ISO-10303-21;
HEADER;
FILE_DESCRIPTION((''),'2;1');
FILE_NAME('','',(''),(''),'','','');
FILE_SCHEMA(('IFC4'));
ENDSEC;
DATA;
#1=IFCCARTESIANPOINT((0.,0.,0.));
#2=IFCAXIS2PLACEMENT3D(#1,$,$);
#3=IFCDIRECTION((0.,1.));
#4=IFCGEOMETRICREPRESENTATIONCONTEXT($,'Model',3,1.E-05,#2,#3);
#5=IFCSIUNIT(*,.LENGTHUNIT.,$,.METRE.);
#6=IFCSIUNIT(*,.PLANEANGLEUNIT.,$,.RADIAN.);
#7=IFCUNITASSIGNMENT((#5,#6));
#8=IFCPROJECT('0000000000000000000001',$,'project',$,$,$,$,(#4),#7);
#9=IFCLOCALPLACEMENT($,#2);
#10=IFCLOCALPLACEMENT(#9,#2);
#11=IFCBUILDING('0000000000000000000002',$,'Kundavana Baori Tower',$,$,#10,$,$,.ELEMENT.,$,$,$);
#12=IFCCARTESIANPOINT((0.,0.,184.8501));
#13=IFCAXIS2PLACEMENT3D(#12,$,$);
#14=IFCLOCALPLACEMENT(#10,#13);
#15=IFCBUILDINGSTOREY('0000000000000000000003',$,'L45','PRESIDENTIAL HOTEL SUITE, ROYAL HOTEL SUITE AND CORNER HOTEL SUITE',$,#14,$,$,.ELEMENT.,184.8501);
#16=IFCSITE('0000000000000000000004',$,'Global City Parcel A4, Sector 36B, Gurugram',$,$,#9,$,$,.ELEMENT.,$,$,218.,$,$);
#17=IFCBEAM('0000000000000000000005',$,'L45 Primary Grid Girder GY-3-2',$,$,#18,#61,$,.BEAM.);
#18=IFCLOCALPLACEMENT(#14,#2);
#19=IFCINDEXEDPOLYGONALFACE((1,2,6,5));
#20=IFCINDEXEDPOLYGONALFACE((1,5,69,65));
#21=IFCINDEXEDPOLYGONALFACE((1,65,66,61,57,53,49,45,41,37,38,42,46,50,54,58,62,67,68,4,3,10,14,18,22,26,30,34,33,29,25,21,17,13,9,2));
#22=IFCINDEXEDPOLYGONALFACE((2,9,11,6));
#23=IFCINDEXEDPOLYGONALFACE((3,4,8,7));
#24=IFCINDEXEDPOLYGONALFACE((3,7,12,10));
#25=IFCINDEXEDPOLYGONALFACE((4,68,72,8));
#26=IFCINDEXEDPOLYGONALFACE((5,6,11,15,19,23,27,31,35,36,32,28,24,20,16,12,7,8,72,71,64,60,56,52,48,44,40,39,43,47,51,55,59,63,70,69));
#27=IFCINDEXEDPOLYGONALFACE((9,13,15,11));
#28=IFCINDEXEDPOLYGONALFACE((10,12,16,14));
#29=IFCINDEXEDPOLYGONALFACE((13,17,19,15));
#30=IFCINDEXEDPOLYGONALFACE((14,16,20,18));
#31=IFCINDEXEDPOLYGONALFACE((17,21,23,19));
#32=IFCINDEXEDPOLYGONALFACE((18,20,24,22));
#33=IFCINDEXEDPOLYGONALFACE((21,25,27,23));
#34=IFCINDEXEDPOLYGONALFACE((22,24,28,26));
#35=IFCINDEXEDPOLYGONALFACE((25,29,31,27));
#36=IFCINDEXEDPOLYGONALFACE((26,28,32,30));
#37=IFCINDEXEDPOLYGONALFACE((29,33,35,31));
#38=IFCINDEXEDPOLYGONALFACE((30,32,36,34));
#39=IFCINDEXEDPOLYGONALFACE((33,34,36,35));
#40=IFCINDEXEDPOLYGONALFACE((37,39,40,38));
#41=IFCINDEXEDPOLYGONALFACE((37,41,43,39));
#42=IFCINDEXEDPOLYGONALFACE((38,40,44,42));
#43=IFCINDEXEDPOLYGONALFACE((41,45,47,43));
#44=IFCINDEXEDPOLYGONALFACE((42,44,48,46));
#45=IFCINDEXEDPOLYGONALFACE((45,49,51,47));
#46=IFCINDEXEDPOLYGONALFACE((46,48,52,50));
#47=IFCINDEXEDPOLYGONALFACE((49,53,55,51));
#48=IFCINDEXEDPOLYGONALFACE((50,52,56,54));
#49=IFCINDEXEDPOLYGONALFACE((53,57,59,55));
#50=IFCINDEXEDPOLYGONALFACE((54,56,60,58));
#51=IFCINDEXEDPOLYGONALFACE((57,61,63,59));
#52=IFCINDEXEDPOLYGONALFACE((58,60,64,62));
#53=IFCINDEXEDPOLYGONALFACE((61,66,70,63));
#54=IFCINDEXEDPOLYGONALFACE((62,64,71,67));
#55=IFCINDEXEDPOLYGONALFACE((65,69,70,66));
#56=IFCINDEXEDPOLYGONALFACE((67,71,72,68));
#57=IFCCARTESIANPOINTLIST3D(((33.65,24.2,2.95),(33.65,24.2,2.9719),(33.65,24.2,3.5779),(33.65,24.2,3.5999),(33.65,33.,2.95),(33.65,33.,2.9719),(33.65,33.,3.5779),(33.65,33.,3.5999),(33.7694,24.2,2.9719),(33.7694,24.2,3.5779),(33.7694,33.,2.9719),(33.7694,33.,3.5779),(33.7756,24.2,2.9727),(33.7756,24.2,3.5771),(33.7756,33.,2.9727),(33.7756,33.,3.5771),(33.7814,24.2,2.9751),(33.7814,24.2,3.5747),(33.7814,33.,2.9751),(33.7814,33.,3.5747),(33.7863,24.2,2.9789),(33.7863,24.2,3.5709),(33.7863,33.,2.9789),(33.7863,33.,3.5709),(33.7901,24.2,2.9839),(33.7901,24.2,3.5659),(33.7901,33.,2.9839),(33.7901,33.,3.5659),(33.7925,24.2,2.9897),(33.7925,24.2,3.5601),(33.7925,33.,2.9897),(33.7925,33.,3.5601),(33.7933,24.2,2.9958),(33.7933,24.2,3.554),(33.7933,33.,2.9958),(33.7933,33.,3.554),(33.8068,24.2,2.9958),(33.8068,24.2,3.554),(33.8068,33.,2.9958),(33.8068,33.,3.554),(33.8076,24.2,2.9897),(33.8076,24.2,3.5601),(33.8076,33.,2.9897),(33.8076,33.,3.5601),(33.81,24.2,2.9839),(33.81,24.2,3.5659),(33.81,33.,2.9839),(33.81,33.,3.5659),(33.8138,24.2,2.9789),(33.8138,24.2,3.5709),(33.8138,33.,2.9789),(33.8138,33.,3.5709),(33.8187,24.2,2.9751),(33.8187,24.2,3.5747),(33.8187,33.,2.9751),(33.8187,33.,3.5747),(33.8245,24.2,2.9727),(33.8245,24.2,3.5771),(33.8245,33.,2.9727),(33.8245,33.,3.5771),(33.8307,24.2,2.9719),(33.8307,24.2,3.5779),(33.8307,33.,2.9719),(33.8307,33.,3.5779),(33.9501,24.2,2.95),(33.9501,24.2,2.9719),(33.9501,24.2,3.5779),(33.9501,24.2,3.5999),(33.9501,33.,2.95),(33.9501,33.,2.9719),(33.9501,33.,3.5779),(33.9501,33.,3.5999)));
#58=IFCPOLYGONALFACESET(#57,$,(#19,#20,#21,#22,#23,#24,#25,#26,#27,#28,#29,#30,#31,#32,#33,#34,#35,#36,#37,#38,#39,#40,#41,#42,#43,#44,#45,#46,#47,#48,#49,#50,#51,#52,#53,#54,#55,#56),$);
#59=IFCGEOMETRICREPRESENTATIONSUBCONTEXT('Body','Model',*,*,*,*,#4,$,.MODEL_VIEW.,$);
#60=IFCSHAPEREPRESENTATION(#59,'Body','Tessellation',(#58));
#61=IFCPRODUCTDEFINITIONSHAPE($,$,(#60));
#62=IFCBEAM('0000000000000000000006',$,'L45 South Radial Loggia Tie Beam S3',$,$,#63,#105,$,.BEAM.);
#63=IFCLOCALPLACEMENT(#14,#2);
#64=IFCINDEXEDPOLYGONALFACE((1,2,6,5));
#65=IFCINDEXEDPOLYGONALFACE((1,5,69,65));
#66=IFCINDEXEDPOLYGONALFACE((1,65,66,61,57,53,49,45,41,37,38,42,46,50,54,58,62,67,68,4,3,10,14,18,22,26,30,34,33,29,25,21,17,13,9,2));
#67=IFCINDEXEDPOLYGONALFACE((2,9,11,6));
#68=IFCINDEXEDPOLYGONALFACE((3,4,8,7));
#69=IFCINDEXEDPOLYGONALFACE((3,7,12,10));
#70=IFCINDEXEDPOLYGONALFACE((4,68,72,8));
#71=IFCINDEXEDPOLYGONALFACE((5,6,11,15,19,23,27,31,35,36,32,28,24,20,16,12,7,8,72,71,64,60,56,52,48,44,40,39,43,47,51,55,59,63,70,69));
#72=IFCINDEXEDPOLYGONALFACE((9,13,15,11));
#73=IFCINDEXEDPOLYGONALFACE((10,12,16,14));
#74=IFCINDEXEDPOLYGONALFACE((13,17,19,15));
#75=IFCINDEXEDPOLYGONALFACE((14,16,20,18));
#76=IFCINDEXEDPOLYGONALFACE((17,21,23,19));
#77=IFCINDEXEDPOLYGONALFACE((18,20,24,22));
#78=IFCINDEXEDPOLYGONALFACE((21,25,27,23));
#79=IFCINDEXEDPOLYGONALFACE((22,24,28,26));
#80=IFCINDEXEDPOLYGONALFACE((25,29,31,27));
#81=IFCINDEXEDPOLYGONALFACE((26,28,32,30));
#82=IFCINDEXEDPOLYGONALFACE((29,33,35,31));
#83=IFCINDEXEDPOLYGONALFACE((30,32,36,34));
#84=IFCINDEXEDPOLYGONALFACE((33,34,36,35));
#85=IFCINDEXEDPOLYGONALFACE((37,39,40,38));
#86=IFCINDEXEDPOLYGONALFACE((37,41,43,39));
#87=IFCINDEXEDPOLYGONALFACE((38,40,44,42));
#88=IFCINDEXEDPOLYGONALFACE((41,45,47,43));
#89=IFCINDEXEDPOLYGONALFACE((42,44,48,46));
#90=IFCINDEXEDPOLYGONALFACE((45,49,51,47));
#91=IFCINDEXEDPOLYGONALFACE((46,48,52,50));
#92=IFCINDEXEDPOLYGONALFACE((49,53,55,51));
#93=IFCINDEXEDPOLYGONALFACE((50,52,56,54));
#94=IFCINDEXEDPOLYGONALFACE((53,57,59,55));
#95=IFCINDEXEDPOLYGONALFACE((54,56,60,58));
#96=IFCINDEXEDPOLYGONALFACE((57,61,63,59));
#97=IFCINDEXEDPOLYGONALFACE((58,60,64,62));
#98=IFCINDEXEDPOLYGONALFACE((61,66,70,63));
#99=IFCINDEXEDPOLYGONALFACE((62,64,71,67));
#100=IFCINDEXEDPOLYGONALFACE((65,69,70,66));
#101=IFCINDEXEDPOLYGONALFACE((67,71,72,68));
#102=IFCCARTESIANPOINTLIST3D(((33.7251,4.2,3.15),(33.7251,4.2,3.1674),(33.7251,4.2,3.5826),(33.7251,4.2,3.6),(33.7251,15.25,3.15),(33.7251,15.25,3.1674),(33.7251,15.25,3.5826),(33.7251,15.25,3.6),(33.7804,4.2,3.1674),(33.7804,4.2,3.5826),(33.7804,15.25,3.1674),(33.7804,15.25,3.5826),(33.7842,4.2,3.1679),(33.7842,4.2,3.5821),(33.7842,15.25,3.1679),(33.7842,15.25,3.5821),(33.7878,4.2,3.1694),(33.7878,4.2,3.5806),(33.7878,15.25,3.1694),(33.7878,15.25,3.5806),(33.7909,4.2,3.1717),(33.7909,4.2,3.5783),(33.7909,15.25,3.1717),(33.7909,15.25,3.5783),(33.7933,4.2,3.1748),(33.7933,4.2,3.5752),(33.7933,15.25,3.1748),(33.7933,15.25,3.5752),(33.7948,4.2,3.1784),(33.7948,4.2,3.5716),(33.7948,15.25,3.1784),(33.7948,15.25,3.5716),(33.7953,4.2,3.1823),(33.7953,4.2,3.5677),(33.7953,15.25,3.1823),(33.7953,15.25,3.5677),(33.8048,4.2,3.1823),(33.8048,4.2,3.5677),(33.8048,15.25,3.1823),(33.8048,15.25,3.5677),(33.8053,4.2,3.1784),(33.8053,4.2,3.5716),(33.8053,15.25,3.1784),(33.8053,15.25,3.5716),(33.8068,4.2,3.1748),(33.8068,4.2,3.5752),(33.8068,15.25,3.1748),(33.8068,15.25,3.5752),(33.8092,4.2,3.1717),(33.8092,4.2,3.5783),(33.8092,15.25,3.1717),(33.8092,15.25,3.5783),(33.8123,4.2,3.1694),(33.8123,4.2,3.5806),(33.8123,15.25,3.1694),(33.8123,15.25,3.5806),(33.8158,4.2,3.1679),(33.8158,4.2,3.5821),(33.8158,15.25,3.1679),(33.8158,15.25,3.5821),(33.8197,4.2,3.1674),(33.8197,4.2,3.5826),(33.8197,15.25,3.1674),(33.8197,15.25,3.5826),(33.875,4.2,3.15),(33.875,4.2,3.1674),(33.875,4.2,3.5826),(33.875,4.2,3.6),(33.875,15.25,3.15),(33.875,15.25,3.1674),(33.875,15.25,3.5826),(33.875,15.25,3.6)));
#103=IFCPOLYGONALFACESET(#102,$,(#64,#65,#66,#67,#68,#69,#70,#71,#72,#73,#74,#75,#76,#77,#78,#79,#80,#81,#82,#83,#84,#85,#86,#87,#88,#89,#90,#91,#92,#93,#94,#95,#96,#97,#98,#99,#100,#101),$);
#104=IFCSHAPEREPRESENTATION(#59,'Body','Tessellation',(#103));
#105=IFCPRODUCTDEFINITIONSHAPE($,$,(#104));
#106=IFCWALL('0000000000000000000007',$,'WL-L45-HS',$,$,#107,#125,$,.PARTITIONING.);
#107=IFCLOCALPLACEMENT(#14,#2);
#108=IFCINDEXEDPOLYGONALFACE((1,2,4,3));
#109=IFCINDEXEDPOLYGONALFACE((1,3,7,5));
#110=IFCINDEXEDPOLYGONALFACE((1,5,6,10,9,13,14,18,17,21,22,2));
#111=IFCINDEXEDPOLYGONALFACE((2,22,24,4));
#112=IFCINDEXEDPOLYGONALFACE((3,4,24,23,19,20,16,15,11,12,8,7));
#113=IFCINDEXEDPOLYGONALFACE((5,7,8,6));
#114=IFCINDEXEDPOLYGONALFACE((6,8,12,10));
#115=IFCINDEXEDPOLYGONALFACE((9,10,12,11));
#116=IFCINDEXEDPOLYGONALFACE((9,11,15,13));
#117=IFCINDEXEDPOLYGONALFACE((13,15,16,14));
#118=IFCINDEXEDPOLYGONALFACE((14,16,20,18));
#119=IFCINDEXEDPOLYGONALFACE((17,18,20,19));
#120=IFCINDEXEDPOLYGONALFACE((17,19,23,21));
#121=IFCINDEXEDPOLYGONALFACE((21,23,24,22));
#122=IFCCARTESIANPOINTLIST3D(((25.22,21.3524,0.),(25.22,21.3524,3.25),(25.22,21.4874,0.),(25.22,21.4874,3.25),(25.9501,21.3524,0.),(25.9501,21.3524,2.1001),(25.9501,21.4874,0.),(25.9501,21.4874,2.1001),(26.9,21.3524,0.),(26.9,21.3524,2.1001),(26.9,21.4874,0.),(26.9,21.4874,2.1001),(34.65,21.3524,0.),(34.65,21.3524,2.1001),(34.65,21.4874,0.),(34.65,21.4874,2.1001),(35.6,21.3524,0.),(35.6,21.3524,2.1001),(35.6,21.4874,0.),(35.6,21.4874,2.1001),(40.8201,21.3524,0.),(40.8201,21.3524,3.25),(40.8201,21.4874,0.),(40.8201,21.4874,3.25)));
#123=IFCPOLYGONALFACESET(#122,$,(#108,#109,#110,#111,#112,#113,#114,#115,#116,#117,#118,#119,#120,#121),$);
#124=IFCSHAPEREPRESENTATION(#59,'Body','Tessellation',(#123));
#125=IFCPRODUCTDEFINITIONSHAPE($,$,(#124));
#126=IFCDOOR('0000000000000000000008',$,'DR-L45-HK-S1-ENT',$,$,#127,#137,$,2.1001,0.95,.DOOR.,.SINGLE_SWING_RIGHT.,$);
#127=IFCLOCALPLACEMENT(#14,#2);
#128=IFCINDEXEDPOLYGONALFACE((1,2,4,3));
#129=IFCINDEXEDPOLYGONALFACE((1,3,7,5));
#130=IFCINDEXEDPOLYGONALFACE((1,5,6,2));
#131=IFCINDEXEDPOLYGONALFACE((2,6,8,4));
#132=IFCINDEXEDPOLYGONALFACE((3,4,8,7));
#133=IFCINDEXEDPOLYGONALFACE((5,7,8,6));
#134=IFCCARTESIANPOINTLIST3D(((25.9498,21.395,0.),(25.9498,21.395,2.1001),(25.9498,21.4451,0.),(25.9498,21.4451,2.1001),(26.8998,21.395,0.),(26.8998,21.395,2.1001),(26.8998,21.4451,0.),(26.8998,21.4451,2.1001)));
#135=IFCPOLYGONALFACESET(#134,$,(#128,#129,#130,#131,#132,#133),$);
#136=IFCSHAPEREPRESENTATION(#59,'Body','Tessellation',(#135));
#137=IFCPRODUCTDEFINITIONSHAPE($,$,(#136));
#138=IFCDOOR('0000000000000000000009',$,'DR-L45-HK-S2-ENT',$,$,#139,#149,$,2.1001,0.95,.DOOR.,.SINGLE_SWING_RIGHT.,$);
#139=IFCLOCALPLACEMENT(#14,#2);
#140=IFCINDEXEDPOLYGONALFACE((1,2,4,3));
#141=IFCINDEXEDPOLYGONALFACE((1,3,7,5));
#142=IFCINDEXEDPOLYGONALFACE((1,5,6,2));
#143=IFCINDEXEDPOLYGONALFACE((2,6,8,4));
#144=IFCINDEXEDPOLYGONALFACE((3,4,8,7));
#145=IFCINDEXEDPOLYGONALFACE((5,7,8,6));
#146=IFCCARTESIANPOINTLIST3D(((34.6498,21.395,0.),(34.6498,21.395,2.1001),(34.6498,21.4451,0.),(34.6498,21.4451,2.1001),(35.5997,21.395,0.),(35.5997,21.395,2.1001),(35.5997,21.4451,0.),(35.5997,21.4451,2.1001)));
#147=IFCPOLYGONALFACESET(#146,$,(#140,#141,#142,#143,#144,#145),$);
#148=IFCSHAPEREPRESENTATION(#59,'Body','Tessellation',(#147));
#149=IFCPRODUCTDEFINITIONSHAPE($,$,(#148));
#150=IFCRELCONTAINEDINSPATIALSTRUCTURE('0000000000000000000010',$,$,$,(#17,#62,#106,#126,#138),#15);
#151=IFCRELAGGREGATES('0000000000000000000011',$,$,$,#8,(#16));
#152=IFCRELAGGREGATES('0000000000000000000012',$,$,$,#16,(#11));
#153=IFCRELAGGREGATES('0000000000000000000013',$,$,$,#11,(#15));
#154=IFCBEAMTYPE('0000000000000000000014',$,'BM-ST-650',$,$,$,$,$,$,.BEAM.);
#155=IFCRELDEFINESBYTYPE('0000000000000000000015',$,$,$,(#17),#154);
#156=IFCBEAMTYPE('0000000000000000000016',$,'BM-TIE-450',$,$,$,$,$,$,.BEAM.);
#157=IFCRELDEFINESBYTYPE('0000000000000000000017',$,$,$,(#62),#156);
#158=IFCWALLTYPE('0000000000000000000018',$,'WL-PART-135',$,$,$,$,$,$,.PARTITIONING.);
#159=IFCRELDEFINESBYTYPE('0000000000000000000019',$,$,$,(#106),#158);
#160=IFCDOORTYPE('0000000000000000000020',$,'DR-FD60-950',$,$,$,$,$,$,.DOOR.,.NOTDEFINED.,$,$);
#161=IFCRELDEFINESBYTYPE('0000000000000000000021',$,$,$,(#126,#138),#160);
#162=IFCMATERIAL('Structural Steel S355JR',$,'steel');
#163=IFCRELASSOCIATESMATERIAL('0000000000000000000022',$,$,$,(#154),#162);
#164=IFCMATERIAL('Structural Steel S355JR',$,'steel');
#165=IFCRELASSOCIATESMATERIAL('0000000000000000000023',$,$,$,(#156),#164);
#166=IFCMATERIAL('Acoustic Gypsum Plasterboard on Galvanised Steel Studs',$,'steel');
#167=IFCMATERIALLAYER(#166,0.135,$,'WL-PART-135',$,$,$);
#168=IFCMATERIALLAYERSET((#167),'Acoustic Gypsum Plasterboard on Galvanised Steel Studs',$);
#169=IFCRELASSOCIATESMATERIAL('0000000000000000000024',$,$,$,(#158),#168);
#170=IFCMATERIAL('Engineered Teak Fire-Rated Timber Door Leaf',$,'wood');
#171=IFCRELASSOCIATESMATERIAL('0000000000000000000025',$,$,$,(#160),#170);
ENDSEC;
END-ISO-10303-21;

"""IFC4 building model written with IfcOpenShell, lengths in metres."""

from ifc_helpers import new_model, si_unit, direction, frame, frame_2d, origin, origin_2d, place, context, subcontext, project, spatial, rectangle, i_section, extrude, material, layer, layer_set, material_profile, profile_set, type_object, element, fill, save


model = new_model("IFC4")

# Units and contexts
model_context = context("Model", 3, precision=1e-05, world=origin(), true_north=direction((0.0, 1.0)))
body_context = subcontext(model_context, "Body", "Model", "MODEL_VIEW")
ifc_project = project(units=[si_unit("LENGTHUNIT", "METRE"), si_unit("PLANEANGLEUNIT", "RADIAN")], contexts=[model_context])

# Site, building, storey
site_placement = place(None, origin())
site = spatial("IfcSite", under=ifc_project, at=site_placement, Name="Global City Parcel A4, Sector 36B, Gurugram", CompositionType="ELEMENT", RefElevation=218.0)
building_placement = place(site_placement, origin())
building = spatial("IfcBuilding", under=site, at=building_placement, Name="Kundavana Baori Tower", CompositionType="ELEMENT")
storey_placement = place(building_placement, frame((0.0, 0.0, 184.8501)))
storey = spatial("IfcBuildingStorey", under=building, at=storey_placement, Name="L45", Description="PRESIDENTIAL HOTEL SUITE, ROYAL HOTEL SUITE AND CORNER HOTEL SUITE", CompositionType="ELEMENT", Elevation=184.8501)

# Beams
ifc_material_1 = material(Name="Structural Steel S355JR", Category="steel")
ifc_material_profile_1 = material_profile(ifc_material_1, i_section(OverallWidth=0.3, OverallDepth=0.6499, WebThickness=0.0134, FlangeThickness=0.022, FilletRadius=0.0239, at=origin_2d()), Name="NPB 650x300x155")
ifc_profile_set_1 = profile_set([ifc_material_profile_1], Name="Structural Steel S355JR")
beam_type_1 = type_object("IfcBeamType", Name="BM-ST-650", PredefinedType="BEAM", material=ifc_profile_set_1)
beam_1_placement = place(storey_placement, frame((33.8, 24.2, 3.2749), z_axis=(0.0, 1.0, 0.0), x_axis=(-1.0, 0.0, 0.0)))
element("IfcBeam", 1, at=beam_1_placement, inside=storey, type_object=beam_type_1, Name="L45 Primary Grid Girder GY-3-2", PredefinedType="BEAM", context=body_context, shape_type="SweptSolid", body=[
    extrude(i_section(OverallWidth=0.3, OverallDepth=0.6499, WebThickness=0.0134, FlangeThickness=0.022, FilletRadius=0.0239, at=origin_2d()), origin(), (0.0, 0.0, 1.0), 8.8),
])
ifc_material_2 = material(Name="Structural Steel S355JR", Category="steel")
ifc_material_profile_2 = material_profile(ifc_material_2, i_section(OverallWidth=0.1499, OverallDepth=0.45, WebThickness=0.0095, FlangeThickness=0.0173, FilletRadius=0.0149, at=origin_2d()), Name="ISMB 450")
ifc_profile_set_2 = profile_set([ifc_material_profile_2], Name="Structural Steel S355JR")
beam_type_2 = type_object("IfcBeamType", Name="BM-TIE-450", PredefinedType="BEAM", material=ifc_profile_set_2)
beam_2_placement = place(storey_placement, frame((33.8, 15.25, 3.375), z_axis=(0.0, -1.0, 0.0), x_axis=(1.0, 0.0, 0.0)))
element("IfcBeam", 2, at=beam_2_placement, inside=storey, type_object=beam_type_2, Name="L45 South Radial Loggia Tie Beam S3", PredefinedType="BEAM", context=body_context, shape_type="SweptSolid", body=[
    extrude(i_section(OverallWidth=0.1499, OverallDepth=0.45, WebThickness=0.0095, FlangeThickness=0.0173, FilletRadius=0.0149, at=origin_2d()), origin(), (0.0, 0.0, 1.0), 11.05),
])

# Wall, openings, doors
ifc_material_3 = material(Name="Acoustic Gypsum Plasterboard on Galvanised Steel Studs", Category="steel")
ifc_layer_1 = layer(ifc_material_3, 0.135, Name="WL-PART-135")
ifc_layer_set_1 = layer_set([ifc_layer_1], Name="Acoustic Gypsum Plasterboard on Galvanised Steel Studs")
wall_type_1 = type_object("IfcWallType", Name="WL-PART-135", PredefinedType="PARTITIONING", material=ifc_layer_set_1)
wall_1_placement = place(storey_placement, frame((25.22, 21.4199, 0.0), z_axis=(0.0, 0.0, 1.0), x_axis=(1.0, 0.0, 0.0)))
wall_1 = element("IfcWall", 3, at=wall_1_placement, inside=storey, type_object=wall_type_1, Name="WL-L45-HS", PredefinedType="PARTITIONING", context=body_context, shape_type="SweptSolid", body=[
    extrude(rectangle(XDim=15.6001, YDim=0.135, at=frame_2d((7.8, 0.0))), origin(), (0.0, 0.0, 1.0), 3.25),
])
opening_1_placement = place(wall_1_placement, frame((0.73, 0.0, 0.0)))
opening_1 = element("IfcOpeningElement", 4, at=opening_1_placement, cuts=wall_1, PredefinedType="OPENING", context=body_context, shape_type="SweptSolid", body=[
    extrude(rectangle(XDim=0.95, YDim=2.1001, at=frame_2d((0.4751, 1.05))), frame((0.0, 0.0776, 0.0), z_axis=(0.0, -1.0, 0.0), x_axis=(1.0, 0.0, 0.0)), (0.0, 0.0, 1.0), 0.155),
])
opening_2_placement = place(wall_1_placement, frame((9.4299, 0.0, 0.0)))
opening_2 = element("IfcOpeningElement", 5, at=opening_2_placement, cuts=wall_1, PredefinedType="OPENING", context=body_context, shape_type="SweptSolid", body=[
    extrude(rectangle(XDim=0.95, YDim=2.1001, at=frame_2d((0.4751, 1.05))), frame((0.0, 0.0776, 0.0), z_axis=(0.0, -1.0, 0.0), x_axis=(1.0, 0.0, 0.0)), (0.0, 0.0, 1.0), 0.155),
])
ifc_material_4 = material(Name="Engineered Teak Fire-Rated Timber Door Leaf", Category="wood")
door_type_1 = type_object("IfcDoorType", Name="DR-FD60-950", OperationType="NOTDEFINED", PredefinedType="DOOR", material=ifc_material_4)
door_1_placement = place(opening_1_placement, frame((0.95, 0.0, 0.0), z_axis=(0.0, 0.0, 1.0), x_axis=(-1.0, 0.0, 0.0)))
door_1 = element("IfcDoor", 6, at=door_1_placement, inside=storey, type_object=door_type_1, Name="DR-L45-HK-S1-ENT", OperationType="SINGLE_SWING_RIGHT", OverallHeight=2.1001, OverallWidth=0.95, PredefinedType="DOOR", context=body_context, shape_type="SweptSolid", body=[
    extrude(rectangle(XDim=0.95, YDim=2.1001, at=frame_2d((0.4751, 1.05))), frame((0.0, 0.0249, 0.0), z_axis=(0.0, -1.0, 0.0), x_axis=(1.0, 0.0, 0.0)), (0.0, 0.0, 1.0), 0.05),
])
fill(opening_1, door_1)
door_2_placement = place(opening_2_placement, frame((0.95, 0.0, 0.0), z_axis=(0.0, 0.0, 1.0), x_axis=(-1.0, 0.0, 0.0)))
door_2 = element("IfcDoor", 7, at=door_2_placement, inside=storey, type_object=door_type_1, Name="DR-L45-HK-S2-ENT", OperationType="SINGLE_SWING_RIGHT", OverallHeight=2.1001, OverallWidth=0.95, PredefinedType="DOOR", context=body_context, shape_type="SweptSolid", body=[
    extrude(rectangle(XDim=0.95, YDim=2.1001, at=frame_2d((0.4751, 1.05))), frame((0.0, 0.0249, 0.0), z_axis=(0.0, -1.0, 0.0), x_axis=(1.0, 0.0, 0.0)), (0.0, 0.0, 1.0), 0.05),
])
fill(opening_2, door_2)

save(model, "model.ifc")
